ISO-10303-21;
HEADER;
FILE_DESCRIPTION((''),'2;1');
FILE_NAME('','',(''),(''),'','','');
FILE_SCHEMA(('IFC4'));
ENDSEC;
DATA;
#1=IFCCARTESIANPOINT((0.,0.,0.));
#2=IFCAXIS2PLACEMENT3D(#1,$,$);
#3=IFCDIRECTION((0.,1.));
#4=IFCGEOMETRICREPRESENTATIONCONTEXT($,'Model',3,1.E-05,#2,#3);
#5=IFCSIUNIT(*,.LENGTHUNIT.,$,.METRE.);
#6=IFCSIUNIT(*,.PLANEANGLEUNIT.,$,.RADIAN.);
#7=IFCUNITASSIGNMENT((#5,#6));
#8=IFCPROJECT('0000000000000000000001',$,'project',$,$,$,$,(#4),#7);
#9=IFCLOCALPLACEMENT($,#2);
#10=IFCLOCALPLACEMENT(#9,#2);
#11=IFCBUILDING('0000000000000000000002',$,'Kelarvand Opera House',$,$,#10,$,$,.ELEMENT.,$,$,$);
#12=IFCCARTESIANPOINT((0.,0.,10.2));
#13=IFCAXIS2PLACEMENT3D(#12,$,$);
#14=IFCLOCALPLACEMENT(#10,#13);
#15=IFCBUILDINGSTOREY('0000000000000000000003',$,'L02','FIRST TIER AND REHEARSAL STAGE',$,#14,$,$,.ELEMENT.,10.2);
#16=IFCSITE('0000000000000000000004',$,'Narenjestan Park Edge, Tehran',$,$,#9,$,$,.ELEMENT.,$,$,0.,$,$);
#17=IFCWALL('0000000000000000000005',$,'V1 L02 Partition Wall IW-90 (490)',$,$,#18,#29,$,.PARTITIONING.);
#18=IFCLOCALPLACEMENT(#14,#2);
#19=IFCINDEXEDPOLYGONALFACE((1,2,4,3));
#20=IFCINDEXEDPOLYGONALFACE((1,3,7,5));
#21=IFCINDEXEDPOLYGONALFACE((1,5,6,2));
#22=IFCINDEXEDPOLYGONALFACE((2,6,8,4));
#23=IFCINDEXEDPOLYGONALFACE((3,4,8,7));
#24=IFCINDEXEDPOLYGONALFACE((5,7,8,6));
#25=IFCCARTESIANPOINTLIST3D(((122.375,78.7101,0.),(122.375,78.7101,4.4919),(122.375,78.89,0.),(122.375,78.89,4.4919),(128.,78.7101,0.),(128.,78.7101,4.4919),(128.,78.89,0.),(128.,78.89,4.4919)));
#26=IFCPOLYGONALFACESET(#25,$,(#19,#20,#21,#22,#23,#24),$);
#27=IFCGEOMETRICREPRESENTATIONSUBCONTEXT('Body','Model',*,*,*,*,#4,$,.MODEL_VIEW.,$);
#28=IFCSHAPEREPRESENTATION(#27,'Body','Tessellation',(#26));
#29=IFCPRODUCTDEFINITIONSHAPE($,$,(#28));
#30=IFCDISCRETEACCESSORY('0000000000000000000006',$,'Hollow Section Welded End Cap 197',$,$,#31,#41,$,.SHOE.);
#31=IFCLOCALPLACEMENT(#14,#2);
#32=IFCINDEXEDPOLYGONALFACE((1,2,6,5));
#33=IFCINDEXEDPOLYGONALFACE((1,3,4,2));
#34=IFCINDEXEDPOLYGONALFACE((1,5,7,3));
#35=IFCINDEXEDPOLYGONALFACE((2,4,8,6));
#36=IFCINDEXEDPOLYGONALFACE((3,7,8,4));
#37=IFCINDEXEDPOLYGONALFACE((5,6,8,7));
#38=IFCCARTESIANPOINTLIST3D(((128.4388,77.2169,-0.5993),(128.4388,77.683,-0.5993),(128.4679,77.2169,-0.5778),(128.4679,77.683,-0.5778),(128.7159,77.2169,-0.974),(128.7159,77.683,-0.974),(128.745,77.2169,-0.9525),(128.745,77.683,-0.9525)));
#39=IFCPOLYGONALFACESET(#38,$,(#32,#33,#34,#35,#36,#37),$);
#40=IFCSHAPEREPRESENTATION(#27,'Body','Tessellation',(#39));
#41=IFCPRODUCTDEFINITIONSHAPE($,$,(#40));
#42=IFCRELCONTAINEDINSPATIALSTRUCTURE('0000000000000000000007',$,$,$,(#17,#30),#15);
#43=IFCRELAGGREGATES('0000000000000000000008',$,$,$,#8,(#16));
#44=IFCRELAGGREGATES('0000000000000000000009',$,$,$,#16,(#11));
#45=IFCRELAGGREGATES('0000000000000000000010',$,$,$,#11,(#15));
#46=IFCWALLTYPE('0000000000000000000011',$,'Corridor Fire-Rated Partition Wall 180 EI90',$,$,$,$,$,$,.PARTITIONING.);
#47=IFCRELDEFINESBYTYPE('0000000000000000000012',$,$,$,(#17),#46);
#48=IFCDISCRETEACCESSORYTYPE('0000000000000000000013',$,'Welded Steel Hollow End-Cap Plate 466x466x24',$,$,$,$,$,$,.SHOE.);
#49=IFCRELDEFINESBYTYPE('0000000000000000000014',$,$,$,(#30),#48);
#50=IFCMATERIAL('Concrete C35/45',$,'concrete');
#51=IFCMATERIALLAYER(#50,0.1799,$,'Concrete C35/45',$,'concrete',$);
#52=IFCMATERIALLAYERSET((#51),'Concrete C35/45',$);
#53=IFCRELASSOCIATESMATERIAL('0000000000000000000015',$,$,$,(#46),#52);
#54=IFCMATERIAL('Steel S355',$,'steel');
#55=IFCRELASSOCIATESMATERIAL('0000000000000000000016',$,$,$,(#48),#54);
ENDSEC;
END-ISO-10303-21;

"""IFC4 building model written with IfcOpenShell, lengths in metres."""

from ifc_helpers import new_model, si_unit, direction, frame, frame_2d, origin, origin_2d, place, context, subcontext, project, spatial, rectangle, extrude, material, layer, layer_set, material_profile, profile_set, type_object, element, save


model = new_model("IFC4")

# Units and contexts
model_context = context("Model", 3, precision=1e-05, world=origin(), true_north=direction((0.0, 1.0)))
body_context = subcontext(model_context, "Body", "Model", "MODEL_VIEW")
ifc_project = project(units=[si_unit("LENGTHUNIT", "METRE"), si_unit("PLANEANGLEUNIT", "RADIAN")], contexts=[model_context])

# Site, building, storey
site_placement = place(None, origin())
site = spatial("IfcSite", under=ifc_project, at=site_placement, Name="Narenjestan Park Edge, Tehran", CompositionType="ELEMENT", RefElevation=0.0)
building_placement = place(site_placement, origin())
building = spatial("IfcBuilding", under=site, at=building_placement, Name="Kelarvand Opera House", CompositionType="ELEMENT")
storey_placement = place(building_placement, frame((0.0, 0.0, 10.2)))
storey = spatial("IfcBuildingStorey", under=building, at=storey_placement, Name="L02", Description="FIRST TIER AND REHEARSAL STAGE", CompositionType="ELEMENT", Elevation=10.2)

# Shared definitions
ifc_material_1 = material(Name="Steel S355", Category="steel")

# Wall
ifc_material_2 = material(Name="Concrete C35/45", Category="concrete")
ifc_layer_1 = layer(ifc_material_2, 0.1799, Name="Concrete C35/45", Category="concrete")
ifc_layer_set_1 = layer_set([ifc_layer_1], Name="Concrete C35/45")
wall_type = type_object("IfcWallType", Name="Corridor Fire-Rated Partition Wall 180 EI90", PredefinedType="PARTITIONING", material=ifc_layer_set_1)
wall_placement = place(storey_placement, frame((122.375, 78.8, 0.0), z_axis=(0.0, 0.0, 1.0), x_axis=(1.0, 0.0, 0.0)))
element("IfcWall", 1, at=wall_placement, inside=storey, type_object=wall_type, Name="V1 L02 Partition Wall IW-90 (490)", PredefinedType="PARTITIONING", context=body_context, shape_type="SweptSolid", body=[
    extrude(rectangle(XDim=5.625, YDim=0.1799, at=frame_2d((2.8125, 0.0))), origin(), (0.0, 0.0, 1.0), 4.4919),
])

# Discrete accessory
ifc_material_profile_1 = material_profile(ifc_material_1, rectangle(XDim=0.4661, YDim=0.4661, at=origin_2d()), Name="Welded Steel Hollow End-Cap Plate 466x466x24", Category="steel")
ifc_profile_set_1 = profile_set([ifc_material_profile_1], Name="Steel S355")
discrete_accessory_type = type_object("IfcDiscreteAccessoryType", Name="Welded Steel Hollow End-Cap Plate 466x466x24", PredefinedType="SHOE", material=ifc_profile_set_1)
discrete_accessory_placement = place(storey_placement, frame((128.6064, 77.45, -0.7651), z_axis=(-0.804036, 0.0, -0.594581), x_axis=(0.0, -1.0, 0.0)))
element("IfcDiscreteAccessory", 2, at=discrete_accessory_placement, inside=storey, type_object=discrete_accessory_type, Name="Hollow Section Welded End Cap 197", PredefinedType="SHOE", context=body_context, shape_type="SweptSolid", body=[
    extrude(rectangle(XDim=0.4661, YDim=0.4661, at=origin_2d()), origin(), (0.0, 0.0, 1.0), 0.0361),
])

save(model, "model.ifc")
